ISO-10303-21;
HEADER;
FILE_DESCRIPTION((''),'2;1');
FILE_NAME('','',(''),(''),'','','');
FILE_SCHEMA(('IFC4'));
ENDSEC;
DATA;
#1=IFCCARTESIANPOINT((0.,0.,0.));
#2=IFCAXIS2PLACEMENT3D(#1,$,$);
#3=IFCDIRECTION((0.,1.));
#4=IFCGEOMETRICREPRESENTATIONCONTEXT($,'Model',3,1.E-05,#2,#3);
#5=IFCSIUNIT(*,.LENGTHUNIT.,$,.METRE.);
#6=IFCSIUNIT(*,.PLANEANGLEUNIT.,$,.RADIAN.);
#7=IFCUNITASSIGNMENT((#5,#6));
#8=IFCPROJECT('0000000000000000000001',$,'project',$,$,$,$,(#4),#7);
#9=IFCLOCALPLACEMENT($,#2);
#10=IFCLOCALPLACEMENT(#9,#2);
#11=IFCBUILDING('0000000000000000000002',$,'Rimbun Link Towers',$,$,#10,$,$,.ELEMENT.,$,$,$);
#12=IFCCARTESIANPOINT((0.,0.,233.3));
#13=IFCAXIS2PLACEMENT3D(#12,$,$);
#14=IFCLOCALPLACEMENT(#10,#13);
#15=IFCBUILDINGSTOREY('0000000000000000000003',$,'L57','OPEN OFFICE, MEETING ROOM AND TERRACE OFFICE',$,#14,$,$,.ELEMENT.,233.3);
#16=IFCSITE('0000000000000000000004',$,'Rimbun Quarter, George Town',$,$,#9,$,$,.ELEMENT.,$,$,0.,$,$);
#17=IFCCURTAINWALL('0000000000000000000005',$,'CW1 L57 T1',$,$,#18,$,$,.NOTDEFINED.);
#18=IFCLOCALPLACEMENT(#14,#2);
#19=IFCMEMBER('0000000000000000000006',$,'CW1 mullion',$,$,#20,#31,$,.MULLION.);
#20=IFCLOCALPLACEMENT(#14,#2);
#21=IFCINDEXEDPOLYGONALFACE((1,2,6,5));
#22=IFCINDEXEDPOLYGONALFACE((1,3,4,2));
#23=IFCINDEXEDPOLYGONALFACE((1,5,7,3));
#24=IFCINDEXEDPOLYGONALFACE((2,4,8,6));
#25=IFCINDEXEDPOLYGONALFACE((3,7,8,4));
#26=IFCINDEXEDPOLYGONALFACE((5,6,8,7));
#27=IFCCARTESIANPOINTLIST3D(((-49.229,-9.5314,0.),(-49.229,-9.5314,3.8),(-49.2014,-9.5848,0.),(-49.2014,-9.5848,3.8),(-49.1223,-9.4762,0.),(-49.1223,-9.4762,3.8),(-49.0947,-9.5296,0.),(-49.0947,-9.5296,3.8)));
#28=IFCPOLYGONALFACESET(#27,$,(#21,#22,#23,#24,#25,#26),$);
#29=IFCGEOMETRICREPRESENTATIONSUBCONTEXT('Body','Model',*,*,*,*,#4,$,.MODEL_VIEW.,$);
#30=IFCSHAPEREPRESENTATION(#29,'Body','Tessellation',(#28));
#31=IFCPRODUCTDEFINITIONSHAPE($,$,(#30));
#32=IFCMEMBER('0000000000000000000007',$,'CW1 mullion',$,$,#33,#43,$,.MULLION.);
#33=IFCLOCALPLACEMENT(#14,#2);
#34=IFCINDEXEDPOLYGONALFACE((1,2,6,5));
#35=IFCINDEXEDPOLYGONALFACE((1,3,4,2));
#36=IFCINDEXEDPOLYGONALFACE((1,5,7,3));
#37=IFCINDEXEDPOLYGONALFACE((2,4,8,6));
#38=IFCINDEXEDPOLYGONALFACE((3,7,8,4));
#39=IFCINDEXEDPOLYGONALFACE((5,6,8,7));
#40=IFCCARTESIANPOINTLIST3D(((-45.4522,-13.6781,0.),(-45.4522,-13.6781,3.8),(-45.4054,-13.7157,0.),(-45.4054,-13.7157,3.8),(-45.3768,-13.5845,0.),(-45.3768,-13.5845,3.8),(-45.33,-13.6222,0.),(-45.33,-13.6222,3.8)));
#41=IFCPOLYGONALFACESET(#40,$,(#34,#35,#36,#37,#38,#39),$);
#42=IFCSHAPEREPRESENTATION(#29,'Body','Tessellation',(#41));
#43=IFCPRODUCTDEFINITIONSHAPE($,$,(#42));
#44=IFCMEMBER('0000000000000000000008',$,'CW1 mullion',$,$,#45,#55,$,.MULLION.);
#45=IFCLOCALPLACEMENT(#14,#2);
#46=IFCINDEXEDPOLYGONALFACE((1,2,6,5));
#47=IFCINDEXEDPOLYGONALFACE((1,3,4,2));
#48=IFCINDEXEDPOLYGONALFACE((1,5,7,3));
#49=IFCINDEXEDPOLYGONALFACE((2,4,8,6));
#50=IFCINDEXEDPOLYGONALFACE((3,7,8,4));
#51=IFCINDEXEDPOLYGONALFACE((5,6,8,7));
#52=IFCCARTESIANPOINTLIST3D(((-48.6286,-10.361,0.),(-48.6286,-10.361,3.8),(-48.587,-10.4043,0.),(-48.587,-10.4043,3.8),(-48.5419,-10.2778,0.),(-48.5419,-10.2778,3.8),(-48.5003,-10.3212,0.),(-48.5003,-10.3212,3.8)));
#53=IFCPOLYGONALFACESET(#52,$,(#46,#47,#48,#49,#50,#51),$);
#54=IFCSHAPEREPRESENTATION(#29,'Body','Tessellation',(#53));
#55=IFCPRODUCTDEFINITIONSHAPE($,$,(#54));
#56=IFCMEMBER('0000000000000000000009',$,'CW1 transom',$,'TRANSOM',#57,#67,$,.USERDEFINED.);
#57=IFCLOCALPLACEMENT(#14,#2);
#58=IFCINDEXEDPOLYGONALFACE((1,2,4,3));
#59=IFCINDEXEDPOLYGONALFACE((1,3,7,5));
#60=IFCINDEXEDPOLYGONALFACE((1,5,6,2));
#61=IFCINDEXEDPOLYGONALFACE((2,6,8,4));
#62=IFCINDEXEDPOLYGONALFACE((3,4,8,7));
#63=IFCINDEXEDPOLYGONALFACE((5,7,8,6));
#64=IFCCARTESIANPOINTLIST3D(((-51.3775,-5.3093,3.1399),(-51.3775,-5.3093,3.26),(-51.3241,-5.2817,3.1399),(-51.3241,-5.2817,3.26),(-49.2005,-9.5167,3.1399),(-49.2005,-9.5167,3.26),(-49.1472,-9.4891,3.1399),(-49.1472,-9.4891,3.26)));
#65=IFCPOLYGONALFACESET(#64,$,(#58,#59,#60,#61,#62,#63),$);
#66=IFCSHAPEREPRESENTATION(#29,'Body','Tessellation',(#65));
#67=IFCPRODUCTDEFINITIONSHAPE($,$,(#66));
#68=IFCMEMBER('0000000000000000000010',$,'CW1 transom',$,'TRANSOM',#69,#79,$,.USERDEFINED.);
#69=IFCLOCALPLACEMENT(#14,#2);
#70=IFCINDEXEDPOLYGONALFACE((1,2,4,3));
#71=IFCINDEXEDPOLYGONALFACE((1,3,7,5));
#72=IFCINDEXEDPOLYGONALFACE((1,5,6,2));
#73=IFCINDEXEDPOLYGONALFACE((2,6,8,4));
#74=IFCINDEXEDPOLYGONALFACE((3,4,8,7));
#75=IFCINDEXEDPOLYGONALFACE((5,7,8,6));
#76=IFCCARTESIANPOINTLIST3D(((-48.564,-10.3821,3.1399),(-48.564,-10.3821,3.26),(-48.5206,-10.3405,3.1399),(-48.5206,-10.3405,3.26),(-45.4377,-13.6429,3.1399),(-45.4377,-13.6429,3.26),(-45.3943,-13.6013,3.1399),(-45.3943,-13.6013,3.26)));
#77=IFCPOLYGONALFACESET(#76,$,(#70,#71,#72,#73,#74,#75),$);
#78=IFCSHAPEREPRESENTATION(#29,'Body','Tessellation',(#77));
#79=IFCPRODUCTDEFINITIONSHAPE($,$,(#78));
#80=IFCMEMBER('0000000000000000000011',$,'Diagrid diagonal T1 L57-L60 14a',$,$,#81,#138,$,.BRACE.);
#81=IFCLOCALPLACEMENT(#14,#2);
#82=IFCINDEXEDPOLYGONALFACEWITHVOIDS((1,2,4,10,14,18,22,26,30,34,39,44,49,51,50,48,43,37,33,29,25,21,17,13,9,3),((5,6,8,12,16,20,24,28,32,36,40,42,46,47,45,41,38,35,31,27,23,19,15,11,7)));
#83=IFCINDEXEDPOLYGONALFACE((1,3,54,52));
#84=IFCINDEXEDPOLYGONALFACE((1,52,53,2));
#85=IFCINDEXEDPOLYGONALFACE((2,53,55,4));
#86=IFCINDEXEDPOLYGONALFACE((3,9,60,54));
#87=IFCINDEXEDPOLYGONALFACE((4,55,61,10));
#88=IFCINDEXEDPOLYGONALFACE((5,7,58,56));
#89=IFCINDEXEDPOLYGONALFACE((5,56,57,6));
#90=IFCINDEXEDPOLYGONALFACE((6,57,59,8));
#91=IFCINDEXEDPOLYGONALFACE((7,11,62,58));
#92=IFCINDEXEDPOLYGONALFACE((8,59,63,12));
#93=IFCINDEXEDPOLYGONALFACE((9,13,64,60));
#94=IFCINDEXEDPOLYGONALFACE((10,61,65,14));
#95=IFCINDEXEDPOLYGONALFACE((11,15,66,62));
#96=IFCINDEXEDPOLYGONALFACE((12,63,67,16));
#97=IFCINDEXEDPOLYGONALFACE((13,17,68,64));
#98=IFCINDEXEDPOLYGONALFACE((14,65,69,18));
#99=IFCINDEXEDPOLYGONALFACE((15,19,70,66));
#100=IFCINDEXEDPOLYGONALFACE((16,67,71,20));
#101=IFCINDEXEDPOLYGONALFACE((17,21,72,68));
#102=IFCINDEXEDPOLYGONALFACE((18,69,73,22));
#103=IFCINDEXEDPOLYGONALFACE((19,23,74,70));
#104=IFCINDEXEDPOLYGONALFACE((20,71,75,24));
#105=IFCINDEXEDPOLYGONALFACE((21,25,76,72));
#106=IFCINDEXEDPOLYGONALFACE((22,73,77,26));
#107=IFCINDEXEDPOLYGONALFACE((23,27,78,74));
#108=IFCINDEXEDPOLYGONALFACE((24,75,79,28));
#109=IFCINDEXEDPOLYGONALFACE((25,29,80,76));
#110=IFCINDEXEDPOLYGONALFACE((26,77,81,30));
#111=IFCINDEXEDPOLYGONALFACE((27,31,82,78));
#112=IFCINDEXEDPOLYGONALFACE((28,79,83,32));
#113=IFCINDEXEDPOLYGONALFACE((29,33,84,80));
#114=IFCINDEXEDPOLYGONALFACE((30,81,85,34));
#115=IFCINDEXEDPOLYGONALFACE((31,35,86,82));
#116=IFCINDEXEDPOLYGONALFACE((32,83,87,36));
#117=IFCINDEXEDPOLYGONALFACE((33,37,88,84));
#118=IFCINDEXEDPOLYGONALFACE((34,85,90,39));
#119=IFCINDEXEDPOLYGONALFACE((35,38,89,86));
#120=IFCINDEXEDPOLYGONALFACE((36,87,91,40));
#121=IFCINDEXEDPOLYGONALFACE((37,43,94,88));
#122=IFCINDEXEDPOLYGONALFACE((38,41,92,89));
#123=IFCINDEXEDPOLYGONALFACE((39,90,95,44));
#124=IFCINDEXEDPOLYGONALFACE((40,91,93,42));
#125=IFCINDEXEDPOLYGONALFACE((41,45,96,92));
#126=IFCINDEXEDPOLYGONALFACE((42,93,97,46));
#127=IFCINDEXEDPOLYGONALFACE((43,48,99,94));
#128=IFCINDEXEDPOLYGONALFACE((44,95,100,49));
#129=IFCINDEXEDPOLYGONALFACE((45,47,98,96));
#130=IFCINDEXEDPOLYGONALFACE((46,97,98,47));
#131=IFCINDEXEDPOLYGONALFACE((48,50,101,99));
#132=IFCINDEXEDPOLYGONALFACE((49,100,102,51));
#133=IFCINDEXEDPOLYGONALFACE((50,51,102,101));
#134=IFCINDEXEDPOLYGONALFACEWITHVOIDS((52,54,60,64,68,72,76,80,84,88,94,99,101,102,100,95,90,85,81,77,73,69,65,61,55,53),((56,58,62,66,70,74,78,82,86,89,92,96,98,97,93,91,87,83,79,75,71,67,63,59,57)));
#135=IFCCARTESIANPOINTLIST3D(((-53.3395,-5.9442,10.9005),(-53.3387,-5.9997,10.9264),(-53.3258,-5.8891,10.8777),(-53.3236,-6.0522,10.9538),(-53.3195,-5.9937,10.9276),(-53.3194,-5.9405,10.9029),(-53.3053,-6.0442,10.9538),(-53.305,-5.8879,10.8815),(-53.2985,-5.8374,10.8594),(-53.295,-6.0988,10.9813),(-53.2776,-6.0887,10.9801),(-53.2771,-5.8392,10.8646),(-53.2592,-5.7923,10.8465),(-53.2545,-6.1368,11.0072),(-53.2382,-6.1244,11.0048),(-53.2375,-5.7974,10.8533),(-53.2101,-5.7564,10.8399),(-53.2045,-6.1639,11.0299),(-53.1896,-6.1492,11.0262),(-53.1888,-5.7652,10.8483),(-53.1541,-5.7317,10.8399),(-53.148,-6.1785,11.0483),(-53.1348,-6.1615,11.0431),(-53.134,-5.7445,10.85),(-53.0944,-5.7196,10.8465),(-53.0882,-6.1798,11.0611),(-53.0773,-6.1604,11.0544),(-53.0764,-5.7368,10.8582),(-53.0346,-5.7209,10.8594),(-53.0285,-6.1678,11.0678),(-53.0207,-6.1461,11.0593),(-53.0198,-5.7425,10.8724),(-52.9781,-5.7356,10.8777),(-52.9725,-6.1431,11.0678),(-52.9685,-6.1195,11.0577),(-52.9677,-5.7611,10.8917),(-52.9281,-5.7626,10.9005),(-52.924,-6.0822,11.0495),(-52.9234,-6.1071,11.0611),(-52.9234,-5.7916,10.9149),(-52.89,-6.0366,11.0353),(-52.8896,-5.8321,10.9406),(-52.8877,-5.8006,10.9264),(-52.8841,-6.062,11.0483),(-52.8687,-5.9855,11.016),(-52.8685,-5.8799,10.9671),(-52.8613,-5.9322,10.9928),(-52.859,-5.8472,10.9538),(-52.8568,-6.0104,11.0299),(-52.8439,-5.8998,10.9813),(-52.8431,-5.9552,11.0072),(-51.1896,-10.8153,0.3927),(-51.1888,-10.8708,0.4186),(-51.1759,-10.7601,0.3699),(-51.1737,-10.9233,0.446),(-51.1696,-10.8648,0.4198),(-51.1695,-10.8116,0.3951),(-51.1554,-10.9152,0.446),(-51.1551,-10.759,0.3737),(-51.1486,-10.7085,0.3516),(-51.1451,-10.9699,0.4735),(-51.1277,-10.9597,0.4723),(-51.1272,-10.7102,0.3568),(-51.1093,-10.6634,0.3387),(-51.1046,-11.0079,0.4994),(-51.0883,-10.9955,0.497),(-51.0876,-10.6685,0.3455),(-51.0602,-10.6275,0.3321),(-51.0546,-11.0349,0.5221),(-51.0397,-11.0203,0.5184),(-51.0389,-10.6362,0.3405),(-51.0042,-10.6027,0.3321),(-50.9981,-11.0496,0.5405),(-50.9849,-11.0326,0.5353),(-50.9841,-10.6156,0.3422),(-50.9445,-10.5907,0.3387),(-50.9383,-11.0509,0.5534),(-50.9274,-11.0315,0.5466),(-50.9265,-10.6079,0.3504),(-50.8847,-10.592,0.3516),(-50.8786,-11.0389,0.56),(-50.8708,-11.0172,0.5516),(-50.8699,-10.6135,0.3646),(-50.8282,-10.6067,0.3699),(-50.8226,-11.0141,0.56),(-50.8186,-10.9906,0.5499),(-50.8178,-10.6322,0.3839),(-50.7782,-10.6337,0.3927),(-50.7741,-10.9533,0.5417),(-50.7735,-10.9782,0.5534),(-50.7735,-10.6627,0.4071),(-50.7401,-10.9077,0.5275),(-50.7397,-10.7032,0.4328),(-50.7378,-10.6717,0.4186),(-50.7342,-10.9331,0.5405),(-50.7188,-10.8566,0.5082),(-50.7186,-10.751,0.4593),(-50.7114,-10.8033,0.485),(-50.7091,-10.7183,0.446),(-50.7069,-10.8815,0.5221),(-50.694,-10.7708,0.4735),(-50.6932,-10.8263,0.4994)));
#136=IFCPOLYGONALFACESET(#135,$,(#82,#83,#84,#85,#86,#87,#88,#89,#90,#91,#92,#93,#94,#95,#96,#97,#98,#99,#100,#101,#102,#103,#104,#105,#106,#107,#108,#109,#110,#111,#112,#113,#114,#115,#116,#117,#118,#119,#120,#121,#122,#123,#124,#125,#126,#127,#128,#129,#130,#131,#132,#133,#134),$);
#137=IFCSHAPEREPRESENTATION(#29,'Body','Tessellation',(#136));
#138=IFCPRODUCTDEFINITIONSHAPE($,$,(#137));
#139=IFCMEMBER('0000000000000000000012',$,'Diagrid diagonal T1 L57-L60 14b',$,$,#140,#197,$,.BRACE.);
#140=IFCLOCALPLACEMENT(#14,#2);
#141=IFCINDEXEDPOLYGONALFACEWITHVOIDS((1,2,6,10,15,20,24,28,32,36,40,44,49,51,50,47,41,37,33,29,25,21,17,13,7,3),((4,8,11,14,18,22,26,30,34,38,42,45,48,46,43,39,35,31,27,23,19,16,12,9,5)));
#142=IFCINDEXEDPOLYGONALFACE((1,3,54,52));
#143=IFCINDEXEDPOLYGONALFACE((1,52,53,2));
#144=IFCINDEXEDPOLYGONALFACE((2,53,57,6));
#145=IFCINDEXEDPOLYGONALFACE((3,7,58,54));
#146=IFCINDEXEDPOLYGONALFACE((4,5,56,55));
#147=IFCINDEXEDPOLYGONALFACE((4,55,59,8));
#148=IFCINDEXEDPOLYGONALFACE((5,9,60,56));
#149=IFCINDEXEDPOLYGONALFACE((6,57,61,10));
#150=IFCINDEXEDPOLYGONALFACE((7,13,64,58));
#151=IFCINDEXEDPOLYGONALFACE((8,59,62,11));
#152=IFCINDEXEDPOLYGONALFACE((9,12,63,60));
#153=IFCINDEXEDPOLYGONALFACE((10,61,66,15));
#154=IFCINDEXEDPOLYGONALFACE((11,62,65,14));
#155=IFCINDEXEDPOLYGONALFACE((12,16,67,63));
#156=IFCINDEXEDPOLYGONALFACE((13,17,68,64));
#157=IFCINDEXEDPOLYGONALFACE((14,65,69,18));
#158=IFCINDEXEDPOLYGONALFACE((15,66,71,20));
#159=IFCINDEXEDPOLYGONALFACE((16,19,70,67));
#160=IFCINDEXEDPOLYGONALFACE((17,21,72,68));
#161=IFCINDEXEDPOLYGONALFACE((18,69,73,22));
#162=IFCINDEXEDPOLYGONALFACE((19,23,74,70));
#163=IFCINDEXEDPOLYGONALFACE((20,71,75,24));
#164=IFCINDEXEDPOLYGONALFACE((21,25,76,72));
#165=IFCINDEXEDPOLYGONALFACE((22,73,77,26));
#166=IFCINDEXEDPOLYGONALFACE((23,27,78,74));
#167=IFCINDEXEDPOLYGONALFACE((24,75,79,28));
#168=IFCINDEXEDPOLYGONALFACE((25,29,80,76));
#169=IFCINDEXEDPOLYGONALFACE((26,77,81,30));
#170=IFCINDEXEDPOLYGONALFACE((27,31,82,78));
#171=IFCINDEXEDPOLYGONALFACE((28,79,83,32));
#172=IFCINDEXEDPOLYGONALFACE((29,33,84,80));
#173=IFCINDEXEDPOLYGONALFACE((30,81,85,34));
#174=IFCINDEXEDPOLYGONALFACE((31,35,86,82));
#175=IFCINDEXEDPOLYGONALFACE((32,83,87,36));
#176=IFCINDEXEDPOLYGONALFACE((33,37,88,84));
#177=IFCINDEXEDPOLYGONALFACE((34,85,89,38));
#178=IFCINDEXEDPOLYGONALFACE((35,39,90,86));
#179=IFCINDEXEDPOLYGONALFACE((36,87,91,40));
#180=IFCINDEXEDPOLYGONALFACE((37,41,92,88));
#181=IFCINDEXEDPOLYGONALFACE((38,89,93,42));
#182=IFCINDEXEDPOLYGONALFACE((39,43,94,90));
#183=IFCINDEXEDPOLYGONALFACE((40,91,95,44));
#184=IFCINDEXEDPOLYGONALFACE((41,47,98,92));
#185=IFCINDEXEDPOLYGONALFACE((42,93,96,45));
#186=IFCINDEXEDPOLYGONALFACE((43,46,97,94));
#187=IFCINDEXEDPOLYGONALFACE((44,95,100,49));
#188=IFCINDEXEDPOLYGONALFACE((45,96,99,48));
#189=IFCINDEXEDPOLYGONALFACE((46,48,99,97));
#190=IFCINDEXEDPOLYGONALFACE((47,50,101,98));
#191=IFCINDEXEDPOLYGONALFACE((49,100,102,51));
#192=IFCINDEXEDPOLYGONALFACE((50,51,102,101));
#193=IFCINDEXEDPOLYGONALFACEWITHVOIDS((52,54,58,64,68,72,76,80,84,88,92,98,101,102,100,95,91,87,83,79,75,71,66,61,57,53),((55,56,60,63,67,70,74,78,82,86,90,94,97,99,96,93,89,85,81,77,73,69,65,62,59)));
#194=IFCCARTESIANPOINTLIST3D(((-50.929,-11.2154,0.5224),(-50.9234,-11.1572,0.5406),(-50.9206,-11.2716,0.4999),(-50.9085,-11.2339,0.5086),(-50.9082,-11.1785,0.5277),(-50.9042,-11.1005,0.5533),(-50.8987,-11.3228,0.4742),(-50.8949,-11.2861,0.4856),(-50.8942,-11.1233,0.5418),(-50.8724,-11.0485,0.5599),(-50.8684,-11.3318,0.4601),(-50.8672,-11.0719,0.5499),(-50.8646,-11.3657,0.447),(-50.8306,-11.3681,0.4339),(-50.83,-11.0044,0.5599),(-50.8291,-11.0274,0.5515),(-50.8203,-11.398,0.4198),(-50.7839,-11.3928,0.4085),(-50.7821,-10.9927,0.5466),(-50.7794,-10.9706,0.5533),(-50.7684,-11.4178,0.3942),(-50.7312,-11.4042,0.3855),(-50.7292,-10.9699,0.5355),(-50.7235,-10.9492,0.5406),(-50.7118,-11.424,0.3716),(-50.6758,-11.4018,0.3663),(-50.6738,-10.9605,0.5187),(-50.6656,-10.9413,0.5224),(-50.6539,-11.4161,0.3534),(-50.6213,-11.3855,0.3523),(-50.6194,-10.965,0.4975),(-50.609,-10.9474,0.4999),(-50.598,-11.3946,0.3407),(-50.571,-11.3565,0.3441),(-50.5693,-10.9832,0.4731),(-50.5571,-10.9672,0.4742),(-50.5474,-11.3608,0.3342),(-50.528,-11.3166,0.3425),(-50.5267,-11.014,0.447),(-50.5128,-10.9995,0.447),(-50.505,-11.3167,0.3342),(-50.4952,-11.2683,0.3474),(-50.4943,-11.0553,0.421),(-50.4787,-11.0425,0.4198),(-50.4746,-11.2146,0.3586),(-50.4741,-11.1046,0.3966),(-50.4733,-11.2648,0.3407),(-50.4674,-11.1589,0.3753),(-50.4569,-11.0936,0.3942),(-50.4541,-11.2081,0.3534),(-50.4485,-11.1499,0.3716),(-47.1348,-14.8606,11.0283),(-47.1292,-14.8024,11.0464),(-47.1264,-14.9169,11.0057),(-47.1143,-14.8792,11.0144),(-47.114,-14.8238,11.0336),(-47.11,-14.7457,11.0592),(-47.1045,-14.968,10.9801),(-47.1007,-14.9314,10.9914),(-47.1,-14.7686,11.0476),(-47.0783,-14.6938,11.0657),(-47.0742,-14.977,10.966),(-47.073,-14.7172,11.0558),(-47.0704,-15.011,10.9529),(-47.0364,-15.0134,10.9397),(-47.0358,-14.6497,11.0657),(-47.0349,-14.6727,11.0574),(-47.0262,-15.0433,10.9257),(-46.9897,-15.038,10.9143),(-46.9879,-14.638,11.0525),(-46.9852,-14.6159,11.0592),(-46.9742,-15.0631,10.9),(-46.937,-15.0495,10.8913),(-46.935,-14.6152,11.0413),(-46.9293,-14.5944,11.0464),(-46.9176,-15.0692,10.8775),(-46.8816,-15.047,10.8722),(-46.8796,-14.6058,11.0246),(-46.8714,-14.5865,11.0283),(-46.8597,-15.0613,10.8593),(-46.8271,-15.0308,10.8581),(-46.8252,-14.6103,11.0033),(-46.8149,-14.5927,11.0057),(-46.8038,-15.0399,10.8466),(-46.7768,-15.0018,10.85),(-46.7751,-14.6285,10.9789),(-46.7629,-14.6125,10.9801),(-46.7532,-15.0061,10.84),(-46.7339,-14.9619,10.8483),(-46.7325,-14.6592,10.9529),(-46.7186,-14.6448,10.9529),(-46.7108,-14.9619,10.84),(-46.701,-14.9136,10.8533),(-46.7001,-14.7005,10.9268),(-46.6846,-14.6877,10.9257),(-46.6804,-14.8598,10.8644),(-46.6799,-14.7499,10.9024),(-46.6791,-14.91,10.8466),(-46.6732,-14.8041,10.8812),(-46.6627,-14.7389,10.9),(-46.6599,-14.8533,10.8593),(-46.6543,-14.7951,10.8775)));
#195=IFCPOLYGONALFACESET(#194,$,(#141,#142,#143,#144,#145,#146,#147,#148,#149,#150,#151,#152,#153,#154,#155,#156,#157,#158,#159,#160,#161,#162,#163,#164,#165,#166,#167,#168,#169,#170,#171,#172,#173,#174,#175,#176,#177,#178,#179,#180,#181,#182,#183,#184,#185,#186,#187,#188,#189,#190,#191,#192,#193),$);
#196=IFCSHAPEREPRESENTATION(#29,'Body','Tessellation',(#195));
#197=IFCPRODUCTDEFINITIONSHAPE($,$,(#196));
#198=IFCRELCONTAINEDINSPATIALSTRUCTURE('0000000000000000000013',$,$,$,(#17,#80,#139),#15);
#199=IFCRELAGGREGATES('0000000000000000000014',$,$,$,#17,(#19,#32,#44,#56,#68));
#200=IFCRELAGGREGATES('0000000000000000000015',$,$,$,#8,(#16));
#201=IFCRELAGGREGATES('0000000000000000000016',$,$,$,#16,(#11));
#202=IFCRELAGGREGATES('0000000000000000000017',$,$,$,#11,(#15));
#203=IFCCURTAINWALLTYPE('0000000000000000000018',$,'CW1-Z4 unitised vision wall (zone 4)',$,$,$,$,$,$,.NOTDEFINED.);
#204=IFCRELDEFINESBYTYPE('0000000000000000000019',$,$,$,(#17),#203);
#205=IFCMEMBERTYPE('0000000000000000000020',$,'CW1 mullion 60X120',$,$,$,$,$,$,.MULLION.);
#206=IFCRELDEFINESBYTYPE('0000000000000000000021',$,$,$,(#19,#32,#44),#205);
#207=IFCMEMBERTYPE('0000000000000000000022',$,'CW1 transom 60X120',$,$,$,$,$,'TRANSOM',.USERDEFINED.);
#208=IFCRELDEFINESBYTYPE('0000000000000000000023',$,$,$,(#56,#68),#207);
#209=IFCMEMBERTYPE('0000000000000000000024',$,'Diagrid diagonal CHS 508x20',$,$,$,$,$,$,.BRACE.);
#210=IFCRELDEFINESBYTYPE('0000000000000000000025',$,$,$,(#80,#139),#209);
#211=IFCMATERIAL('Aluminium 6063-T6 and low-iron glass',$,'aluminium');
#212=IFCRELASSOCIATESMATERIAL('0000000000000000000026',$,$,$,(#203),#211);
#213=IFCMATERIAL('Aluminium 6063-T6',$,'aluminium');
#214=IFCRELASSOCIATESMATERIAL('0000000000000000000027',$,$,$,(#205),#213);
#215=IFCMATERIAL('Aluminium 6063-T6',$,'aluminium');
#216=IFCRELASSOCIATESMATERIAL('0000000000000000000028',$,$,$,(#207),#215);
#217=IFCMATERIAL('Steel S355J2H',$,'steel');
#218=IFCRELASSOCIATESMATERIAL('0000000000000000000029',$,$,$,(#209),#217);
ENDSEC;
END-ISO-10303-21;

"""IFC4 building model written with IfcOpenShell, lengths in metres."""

from ifc_helpers import new_model, si_unit, direction, frame, origin, origin_2d, place, context, subcontext, project, spatial, rectangle, hollow_circle, extrude, material, material_profile, profile_set, type_object, element, aggregate, save


model = new_model("IFC4")

# Units and contexts
model_context = context("Model", 3, precision=1e-05, world=origin(), true_north=direction((0.0, 1.0)))
body_context = subcontext(model_context, "Body", "Model", "MODEL_VIEW")
ifc_project = project(units=[si_unit("LENGTHUNIT", "METRE"), si_unit("PLANEANGLEUNIT", "RADIAN")], contexts=[model_context])

# Site, building, storey
site_placement = place(None, origin())
site = spatial("IfcSite", under=ifc_project, at=site_placement, Name="Rimbun Quarter, George Town", CompositionType="ELEMENT", RefElevation=0.0)
building_placement = place(site_placement, origin())
building = spatial("IfcBuilding", under=site, at=building_placement, Name="Rimbun Link Towers", CompositionType="ELEMENT")
storey_placement = place(building_placement, frame((0.0, 0.0, 233.3)))
storey = spatial("IfcBuildingStorey", under=building, at=storey_placement, Name="L57", Description="OPEN OFFICE, MEETING ROOM AND TERRACE OFFICE", CompositionType="ELEMENT", Elevation=233.3)

# Curtain wall, members
ifc_material_1 = material(Name="Aluminium 6063-T6 and low-iron glass", Category="aluminium")
curtain_wall_type = type_object("IfcCurtainWallType", Name="CW1-Z4 unitised vision wall (zone 4)", PredefinedType="NOTDEFINED", material=ifc_material_1)
curtain_wall_placement = place(storey_placement, origin())
curtain_wall = element("IfcCurtainWall", 1, at=curtain_wall_placement, inside=storey, type_object=curtain_wall_type, Name="CW1 L57 T1", PredefinedType="NOTDEFINED")
ifc_material_2 = material(Name="Aluminium 6063-T6", Category="aluminium")
ifc_material_profile_1 = material_profile(ifc_material_2, rectangle(XDim=0.1201, YDim=0.0601, at=origin_2d()), Name="MULLION 60X120")
ifc_profile_set_1 = profile_set([ifc_material_profile_1], Name="Aluminium 6063-T6")
member_type_1 = type_object("IfcMemberType", Name="CW1 mullion 60X120", PredefinedType="MULLION", material=ifc_profile_set_1)
member_1_placement = place(storey_placement, frame((-49.1619, -9.5305, 0.0), z_axis=(0.0, 0.0, 1.0), x_axis=(-0.888152, -0.45955, 0.0)))
member_1 = element("IfcMember", 2, at=member_1_placement, type_object=member_type_1, Name="CW1 mullion", PredefinedType="MULLION", context=body_context, shape_type="SweptSolid", body=[
    extrude(rectangle(XDim=0.1201, YDim=0.0601, at=origin_2d()), origin(), (0.0, 0.0, 1.0), 3.8),
])
member_2_placement = place(storey_placement, frame((-45.3911, -13.6501, 0.0), z_axis=(0.0, 0.0, 1.0), x_axis=(-0.627668, -0.778481, 0.0)))
member_2 = element("IfcMember", 3, at=member_2_placement, type_object=member_type_1, Name="CW1 mullion", PredefinedType="MULLION", context=body_context, shape_type="SweptSolid", body=[
    extrude(rectangle(XDim=0.1201, YDim=0.0601, at=origin_2d()), origin(), (0.0, 0.0, 1.0), 3.8),
])
member_3_placement = place(storey_placement, frame((-48.5645, -10.3411, 0.0), z_axis=(0.0, 0.0, 1.0), x_axis=(-0.721842, -0.692058, 0.0)))
member_3 = element("IfcMember", 4, at=member_3_placement, type_object=member_type_1, Name="CW1 mullion", PredefinedType="MULLION", context=body_context, shape_type="SweptSolid", body=[
    extrude(rectangle(XDim=0.1201, YDim=0.0601, at=origin_2d()), origin(), (0.0, 0.0, 1.0), 3.8),
])
ifc_material_3 = material(Name="Aluminium 6063-T6", Category="aluminium")
ifc_material_profile_2 = material_profile(ifc_material_3, rectangle(XDim=0.0601, YDim=0.1201, at=origin_2d()), Name="TRANSOM 60X120")
ifc_profile_set_2 = profile_set([ifc_material_profile_2], Name="Aluminium 6063-T6")
member_type_2 = type_object("IfcMemberType", Name="CW1 transom 60X120", ElementType="TRANSOM", PredefinedType="USERDEFINED", material=ifc_profile_set_2)
member_4_placement = place(storey_placement, frame((-49.1738, -9.5029, 3.2), z_axis=(-0.459539, 0.888157, 0.0), x_axis=(-0.888157, -0.459539, 0.0)))
member_4 = element("IfcMember", 5, at=member_4_placement, type_object=member_type_2, Name="CW1 transom", ObjectType="TRANSOM", PredefinedType="USERDEFINED", context=body_context, shape_type="SweptSolid", body=[
    extrude(rectangle(XDim=0.0601, YDim=0.1201, at=origin_2d()), origin(), (0.0, 0.0, 1.0), 4.7373),
])
member_5_placement = place(storey_placement, frame((-45.416, -13.6221, 3.2), z_axis=(-0.69206, 0.72184, 0.0), x_axis=(-0.72184, -0.69206, 0.0)))
member_5 = element("IfcMember", 6, at=member_5_placement, type_object=member_type_2, Name="CW1 transom", ObjectType="TRANSOM", PredefinedType="USERDEFINED", context=body_context, shape_type="SweptSolid", body=[
    extrude(rectangle(XDim=0.0601, YDim=0.1201, at=origin_2d()), origin(), (0.0, 0.0, 1.0), 4.5173),
])

# Members
ifc_material_4 = material(Name="Steel S355J2H", Category="steel")
ifc_material_profile_3 = material_profile(ifc_material_4, hollow_circle(Radius=0.2539, WallThickness=0.02, at=origin_2d()), Name="Diagrid diagonal CHS 508x20")
ifc_profile_set_3 = profile_set([ifc_material_profile_3], Name="Steel S355J2H")
member_type_3 = type_object("IfcMemberType", Name="Diagrid diagonal CHS 508x20", PredefinedType="BRACE", material=ifc_profile_set_3)
member_6_placement = place(storey_placement, frame((-50.9414, -10.8208, 0.446), z_axis=(-0.182507, 0.413512, 0.892019), x_axis=(-0.914856, -0.40378, 0.0)))
element("IfcMember", 7, at=member_6_placement, inside=storey, type_object=member_type_3, Name="Diagrid diagonal T1 L57-L60 14a", PredefinedType="BRACE", context=body_context, shape_type="SweptSolid", body=[
    extrude(hollow_circle(Radius=0.2539, WallThickness=0.02, at=origin_2d()), origin(), (0.0, 0.0, 1.0), 11.7798),
])
member_7_placement = place(storey_placement, frame((-50.6887, -11.1826, 0.447), z_axis=(0.322916, -0.310241, 0.894134), x_axis=(0.692813, 0.721117, 0.0)))
element("IfcMember", 8, at=member_7_placement, inside=storey, type_object=member_type_3, Name="Diagrid diagonal T1 L57-L60 14b", PredefinedType="BRACE", context=body_context, shape_type="SweptSolid", body=[
    extrude(hollow_circle(Radius=0.2539, WallThickness=0.02, at=origin_2d()), origin(), (0.0, 0.0, 1.0), 11.7498),
])

aggregate(curtain_wall, [member_1, member_2, member_3, member_4, member_5])

save(model, "model.ifc")
